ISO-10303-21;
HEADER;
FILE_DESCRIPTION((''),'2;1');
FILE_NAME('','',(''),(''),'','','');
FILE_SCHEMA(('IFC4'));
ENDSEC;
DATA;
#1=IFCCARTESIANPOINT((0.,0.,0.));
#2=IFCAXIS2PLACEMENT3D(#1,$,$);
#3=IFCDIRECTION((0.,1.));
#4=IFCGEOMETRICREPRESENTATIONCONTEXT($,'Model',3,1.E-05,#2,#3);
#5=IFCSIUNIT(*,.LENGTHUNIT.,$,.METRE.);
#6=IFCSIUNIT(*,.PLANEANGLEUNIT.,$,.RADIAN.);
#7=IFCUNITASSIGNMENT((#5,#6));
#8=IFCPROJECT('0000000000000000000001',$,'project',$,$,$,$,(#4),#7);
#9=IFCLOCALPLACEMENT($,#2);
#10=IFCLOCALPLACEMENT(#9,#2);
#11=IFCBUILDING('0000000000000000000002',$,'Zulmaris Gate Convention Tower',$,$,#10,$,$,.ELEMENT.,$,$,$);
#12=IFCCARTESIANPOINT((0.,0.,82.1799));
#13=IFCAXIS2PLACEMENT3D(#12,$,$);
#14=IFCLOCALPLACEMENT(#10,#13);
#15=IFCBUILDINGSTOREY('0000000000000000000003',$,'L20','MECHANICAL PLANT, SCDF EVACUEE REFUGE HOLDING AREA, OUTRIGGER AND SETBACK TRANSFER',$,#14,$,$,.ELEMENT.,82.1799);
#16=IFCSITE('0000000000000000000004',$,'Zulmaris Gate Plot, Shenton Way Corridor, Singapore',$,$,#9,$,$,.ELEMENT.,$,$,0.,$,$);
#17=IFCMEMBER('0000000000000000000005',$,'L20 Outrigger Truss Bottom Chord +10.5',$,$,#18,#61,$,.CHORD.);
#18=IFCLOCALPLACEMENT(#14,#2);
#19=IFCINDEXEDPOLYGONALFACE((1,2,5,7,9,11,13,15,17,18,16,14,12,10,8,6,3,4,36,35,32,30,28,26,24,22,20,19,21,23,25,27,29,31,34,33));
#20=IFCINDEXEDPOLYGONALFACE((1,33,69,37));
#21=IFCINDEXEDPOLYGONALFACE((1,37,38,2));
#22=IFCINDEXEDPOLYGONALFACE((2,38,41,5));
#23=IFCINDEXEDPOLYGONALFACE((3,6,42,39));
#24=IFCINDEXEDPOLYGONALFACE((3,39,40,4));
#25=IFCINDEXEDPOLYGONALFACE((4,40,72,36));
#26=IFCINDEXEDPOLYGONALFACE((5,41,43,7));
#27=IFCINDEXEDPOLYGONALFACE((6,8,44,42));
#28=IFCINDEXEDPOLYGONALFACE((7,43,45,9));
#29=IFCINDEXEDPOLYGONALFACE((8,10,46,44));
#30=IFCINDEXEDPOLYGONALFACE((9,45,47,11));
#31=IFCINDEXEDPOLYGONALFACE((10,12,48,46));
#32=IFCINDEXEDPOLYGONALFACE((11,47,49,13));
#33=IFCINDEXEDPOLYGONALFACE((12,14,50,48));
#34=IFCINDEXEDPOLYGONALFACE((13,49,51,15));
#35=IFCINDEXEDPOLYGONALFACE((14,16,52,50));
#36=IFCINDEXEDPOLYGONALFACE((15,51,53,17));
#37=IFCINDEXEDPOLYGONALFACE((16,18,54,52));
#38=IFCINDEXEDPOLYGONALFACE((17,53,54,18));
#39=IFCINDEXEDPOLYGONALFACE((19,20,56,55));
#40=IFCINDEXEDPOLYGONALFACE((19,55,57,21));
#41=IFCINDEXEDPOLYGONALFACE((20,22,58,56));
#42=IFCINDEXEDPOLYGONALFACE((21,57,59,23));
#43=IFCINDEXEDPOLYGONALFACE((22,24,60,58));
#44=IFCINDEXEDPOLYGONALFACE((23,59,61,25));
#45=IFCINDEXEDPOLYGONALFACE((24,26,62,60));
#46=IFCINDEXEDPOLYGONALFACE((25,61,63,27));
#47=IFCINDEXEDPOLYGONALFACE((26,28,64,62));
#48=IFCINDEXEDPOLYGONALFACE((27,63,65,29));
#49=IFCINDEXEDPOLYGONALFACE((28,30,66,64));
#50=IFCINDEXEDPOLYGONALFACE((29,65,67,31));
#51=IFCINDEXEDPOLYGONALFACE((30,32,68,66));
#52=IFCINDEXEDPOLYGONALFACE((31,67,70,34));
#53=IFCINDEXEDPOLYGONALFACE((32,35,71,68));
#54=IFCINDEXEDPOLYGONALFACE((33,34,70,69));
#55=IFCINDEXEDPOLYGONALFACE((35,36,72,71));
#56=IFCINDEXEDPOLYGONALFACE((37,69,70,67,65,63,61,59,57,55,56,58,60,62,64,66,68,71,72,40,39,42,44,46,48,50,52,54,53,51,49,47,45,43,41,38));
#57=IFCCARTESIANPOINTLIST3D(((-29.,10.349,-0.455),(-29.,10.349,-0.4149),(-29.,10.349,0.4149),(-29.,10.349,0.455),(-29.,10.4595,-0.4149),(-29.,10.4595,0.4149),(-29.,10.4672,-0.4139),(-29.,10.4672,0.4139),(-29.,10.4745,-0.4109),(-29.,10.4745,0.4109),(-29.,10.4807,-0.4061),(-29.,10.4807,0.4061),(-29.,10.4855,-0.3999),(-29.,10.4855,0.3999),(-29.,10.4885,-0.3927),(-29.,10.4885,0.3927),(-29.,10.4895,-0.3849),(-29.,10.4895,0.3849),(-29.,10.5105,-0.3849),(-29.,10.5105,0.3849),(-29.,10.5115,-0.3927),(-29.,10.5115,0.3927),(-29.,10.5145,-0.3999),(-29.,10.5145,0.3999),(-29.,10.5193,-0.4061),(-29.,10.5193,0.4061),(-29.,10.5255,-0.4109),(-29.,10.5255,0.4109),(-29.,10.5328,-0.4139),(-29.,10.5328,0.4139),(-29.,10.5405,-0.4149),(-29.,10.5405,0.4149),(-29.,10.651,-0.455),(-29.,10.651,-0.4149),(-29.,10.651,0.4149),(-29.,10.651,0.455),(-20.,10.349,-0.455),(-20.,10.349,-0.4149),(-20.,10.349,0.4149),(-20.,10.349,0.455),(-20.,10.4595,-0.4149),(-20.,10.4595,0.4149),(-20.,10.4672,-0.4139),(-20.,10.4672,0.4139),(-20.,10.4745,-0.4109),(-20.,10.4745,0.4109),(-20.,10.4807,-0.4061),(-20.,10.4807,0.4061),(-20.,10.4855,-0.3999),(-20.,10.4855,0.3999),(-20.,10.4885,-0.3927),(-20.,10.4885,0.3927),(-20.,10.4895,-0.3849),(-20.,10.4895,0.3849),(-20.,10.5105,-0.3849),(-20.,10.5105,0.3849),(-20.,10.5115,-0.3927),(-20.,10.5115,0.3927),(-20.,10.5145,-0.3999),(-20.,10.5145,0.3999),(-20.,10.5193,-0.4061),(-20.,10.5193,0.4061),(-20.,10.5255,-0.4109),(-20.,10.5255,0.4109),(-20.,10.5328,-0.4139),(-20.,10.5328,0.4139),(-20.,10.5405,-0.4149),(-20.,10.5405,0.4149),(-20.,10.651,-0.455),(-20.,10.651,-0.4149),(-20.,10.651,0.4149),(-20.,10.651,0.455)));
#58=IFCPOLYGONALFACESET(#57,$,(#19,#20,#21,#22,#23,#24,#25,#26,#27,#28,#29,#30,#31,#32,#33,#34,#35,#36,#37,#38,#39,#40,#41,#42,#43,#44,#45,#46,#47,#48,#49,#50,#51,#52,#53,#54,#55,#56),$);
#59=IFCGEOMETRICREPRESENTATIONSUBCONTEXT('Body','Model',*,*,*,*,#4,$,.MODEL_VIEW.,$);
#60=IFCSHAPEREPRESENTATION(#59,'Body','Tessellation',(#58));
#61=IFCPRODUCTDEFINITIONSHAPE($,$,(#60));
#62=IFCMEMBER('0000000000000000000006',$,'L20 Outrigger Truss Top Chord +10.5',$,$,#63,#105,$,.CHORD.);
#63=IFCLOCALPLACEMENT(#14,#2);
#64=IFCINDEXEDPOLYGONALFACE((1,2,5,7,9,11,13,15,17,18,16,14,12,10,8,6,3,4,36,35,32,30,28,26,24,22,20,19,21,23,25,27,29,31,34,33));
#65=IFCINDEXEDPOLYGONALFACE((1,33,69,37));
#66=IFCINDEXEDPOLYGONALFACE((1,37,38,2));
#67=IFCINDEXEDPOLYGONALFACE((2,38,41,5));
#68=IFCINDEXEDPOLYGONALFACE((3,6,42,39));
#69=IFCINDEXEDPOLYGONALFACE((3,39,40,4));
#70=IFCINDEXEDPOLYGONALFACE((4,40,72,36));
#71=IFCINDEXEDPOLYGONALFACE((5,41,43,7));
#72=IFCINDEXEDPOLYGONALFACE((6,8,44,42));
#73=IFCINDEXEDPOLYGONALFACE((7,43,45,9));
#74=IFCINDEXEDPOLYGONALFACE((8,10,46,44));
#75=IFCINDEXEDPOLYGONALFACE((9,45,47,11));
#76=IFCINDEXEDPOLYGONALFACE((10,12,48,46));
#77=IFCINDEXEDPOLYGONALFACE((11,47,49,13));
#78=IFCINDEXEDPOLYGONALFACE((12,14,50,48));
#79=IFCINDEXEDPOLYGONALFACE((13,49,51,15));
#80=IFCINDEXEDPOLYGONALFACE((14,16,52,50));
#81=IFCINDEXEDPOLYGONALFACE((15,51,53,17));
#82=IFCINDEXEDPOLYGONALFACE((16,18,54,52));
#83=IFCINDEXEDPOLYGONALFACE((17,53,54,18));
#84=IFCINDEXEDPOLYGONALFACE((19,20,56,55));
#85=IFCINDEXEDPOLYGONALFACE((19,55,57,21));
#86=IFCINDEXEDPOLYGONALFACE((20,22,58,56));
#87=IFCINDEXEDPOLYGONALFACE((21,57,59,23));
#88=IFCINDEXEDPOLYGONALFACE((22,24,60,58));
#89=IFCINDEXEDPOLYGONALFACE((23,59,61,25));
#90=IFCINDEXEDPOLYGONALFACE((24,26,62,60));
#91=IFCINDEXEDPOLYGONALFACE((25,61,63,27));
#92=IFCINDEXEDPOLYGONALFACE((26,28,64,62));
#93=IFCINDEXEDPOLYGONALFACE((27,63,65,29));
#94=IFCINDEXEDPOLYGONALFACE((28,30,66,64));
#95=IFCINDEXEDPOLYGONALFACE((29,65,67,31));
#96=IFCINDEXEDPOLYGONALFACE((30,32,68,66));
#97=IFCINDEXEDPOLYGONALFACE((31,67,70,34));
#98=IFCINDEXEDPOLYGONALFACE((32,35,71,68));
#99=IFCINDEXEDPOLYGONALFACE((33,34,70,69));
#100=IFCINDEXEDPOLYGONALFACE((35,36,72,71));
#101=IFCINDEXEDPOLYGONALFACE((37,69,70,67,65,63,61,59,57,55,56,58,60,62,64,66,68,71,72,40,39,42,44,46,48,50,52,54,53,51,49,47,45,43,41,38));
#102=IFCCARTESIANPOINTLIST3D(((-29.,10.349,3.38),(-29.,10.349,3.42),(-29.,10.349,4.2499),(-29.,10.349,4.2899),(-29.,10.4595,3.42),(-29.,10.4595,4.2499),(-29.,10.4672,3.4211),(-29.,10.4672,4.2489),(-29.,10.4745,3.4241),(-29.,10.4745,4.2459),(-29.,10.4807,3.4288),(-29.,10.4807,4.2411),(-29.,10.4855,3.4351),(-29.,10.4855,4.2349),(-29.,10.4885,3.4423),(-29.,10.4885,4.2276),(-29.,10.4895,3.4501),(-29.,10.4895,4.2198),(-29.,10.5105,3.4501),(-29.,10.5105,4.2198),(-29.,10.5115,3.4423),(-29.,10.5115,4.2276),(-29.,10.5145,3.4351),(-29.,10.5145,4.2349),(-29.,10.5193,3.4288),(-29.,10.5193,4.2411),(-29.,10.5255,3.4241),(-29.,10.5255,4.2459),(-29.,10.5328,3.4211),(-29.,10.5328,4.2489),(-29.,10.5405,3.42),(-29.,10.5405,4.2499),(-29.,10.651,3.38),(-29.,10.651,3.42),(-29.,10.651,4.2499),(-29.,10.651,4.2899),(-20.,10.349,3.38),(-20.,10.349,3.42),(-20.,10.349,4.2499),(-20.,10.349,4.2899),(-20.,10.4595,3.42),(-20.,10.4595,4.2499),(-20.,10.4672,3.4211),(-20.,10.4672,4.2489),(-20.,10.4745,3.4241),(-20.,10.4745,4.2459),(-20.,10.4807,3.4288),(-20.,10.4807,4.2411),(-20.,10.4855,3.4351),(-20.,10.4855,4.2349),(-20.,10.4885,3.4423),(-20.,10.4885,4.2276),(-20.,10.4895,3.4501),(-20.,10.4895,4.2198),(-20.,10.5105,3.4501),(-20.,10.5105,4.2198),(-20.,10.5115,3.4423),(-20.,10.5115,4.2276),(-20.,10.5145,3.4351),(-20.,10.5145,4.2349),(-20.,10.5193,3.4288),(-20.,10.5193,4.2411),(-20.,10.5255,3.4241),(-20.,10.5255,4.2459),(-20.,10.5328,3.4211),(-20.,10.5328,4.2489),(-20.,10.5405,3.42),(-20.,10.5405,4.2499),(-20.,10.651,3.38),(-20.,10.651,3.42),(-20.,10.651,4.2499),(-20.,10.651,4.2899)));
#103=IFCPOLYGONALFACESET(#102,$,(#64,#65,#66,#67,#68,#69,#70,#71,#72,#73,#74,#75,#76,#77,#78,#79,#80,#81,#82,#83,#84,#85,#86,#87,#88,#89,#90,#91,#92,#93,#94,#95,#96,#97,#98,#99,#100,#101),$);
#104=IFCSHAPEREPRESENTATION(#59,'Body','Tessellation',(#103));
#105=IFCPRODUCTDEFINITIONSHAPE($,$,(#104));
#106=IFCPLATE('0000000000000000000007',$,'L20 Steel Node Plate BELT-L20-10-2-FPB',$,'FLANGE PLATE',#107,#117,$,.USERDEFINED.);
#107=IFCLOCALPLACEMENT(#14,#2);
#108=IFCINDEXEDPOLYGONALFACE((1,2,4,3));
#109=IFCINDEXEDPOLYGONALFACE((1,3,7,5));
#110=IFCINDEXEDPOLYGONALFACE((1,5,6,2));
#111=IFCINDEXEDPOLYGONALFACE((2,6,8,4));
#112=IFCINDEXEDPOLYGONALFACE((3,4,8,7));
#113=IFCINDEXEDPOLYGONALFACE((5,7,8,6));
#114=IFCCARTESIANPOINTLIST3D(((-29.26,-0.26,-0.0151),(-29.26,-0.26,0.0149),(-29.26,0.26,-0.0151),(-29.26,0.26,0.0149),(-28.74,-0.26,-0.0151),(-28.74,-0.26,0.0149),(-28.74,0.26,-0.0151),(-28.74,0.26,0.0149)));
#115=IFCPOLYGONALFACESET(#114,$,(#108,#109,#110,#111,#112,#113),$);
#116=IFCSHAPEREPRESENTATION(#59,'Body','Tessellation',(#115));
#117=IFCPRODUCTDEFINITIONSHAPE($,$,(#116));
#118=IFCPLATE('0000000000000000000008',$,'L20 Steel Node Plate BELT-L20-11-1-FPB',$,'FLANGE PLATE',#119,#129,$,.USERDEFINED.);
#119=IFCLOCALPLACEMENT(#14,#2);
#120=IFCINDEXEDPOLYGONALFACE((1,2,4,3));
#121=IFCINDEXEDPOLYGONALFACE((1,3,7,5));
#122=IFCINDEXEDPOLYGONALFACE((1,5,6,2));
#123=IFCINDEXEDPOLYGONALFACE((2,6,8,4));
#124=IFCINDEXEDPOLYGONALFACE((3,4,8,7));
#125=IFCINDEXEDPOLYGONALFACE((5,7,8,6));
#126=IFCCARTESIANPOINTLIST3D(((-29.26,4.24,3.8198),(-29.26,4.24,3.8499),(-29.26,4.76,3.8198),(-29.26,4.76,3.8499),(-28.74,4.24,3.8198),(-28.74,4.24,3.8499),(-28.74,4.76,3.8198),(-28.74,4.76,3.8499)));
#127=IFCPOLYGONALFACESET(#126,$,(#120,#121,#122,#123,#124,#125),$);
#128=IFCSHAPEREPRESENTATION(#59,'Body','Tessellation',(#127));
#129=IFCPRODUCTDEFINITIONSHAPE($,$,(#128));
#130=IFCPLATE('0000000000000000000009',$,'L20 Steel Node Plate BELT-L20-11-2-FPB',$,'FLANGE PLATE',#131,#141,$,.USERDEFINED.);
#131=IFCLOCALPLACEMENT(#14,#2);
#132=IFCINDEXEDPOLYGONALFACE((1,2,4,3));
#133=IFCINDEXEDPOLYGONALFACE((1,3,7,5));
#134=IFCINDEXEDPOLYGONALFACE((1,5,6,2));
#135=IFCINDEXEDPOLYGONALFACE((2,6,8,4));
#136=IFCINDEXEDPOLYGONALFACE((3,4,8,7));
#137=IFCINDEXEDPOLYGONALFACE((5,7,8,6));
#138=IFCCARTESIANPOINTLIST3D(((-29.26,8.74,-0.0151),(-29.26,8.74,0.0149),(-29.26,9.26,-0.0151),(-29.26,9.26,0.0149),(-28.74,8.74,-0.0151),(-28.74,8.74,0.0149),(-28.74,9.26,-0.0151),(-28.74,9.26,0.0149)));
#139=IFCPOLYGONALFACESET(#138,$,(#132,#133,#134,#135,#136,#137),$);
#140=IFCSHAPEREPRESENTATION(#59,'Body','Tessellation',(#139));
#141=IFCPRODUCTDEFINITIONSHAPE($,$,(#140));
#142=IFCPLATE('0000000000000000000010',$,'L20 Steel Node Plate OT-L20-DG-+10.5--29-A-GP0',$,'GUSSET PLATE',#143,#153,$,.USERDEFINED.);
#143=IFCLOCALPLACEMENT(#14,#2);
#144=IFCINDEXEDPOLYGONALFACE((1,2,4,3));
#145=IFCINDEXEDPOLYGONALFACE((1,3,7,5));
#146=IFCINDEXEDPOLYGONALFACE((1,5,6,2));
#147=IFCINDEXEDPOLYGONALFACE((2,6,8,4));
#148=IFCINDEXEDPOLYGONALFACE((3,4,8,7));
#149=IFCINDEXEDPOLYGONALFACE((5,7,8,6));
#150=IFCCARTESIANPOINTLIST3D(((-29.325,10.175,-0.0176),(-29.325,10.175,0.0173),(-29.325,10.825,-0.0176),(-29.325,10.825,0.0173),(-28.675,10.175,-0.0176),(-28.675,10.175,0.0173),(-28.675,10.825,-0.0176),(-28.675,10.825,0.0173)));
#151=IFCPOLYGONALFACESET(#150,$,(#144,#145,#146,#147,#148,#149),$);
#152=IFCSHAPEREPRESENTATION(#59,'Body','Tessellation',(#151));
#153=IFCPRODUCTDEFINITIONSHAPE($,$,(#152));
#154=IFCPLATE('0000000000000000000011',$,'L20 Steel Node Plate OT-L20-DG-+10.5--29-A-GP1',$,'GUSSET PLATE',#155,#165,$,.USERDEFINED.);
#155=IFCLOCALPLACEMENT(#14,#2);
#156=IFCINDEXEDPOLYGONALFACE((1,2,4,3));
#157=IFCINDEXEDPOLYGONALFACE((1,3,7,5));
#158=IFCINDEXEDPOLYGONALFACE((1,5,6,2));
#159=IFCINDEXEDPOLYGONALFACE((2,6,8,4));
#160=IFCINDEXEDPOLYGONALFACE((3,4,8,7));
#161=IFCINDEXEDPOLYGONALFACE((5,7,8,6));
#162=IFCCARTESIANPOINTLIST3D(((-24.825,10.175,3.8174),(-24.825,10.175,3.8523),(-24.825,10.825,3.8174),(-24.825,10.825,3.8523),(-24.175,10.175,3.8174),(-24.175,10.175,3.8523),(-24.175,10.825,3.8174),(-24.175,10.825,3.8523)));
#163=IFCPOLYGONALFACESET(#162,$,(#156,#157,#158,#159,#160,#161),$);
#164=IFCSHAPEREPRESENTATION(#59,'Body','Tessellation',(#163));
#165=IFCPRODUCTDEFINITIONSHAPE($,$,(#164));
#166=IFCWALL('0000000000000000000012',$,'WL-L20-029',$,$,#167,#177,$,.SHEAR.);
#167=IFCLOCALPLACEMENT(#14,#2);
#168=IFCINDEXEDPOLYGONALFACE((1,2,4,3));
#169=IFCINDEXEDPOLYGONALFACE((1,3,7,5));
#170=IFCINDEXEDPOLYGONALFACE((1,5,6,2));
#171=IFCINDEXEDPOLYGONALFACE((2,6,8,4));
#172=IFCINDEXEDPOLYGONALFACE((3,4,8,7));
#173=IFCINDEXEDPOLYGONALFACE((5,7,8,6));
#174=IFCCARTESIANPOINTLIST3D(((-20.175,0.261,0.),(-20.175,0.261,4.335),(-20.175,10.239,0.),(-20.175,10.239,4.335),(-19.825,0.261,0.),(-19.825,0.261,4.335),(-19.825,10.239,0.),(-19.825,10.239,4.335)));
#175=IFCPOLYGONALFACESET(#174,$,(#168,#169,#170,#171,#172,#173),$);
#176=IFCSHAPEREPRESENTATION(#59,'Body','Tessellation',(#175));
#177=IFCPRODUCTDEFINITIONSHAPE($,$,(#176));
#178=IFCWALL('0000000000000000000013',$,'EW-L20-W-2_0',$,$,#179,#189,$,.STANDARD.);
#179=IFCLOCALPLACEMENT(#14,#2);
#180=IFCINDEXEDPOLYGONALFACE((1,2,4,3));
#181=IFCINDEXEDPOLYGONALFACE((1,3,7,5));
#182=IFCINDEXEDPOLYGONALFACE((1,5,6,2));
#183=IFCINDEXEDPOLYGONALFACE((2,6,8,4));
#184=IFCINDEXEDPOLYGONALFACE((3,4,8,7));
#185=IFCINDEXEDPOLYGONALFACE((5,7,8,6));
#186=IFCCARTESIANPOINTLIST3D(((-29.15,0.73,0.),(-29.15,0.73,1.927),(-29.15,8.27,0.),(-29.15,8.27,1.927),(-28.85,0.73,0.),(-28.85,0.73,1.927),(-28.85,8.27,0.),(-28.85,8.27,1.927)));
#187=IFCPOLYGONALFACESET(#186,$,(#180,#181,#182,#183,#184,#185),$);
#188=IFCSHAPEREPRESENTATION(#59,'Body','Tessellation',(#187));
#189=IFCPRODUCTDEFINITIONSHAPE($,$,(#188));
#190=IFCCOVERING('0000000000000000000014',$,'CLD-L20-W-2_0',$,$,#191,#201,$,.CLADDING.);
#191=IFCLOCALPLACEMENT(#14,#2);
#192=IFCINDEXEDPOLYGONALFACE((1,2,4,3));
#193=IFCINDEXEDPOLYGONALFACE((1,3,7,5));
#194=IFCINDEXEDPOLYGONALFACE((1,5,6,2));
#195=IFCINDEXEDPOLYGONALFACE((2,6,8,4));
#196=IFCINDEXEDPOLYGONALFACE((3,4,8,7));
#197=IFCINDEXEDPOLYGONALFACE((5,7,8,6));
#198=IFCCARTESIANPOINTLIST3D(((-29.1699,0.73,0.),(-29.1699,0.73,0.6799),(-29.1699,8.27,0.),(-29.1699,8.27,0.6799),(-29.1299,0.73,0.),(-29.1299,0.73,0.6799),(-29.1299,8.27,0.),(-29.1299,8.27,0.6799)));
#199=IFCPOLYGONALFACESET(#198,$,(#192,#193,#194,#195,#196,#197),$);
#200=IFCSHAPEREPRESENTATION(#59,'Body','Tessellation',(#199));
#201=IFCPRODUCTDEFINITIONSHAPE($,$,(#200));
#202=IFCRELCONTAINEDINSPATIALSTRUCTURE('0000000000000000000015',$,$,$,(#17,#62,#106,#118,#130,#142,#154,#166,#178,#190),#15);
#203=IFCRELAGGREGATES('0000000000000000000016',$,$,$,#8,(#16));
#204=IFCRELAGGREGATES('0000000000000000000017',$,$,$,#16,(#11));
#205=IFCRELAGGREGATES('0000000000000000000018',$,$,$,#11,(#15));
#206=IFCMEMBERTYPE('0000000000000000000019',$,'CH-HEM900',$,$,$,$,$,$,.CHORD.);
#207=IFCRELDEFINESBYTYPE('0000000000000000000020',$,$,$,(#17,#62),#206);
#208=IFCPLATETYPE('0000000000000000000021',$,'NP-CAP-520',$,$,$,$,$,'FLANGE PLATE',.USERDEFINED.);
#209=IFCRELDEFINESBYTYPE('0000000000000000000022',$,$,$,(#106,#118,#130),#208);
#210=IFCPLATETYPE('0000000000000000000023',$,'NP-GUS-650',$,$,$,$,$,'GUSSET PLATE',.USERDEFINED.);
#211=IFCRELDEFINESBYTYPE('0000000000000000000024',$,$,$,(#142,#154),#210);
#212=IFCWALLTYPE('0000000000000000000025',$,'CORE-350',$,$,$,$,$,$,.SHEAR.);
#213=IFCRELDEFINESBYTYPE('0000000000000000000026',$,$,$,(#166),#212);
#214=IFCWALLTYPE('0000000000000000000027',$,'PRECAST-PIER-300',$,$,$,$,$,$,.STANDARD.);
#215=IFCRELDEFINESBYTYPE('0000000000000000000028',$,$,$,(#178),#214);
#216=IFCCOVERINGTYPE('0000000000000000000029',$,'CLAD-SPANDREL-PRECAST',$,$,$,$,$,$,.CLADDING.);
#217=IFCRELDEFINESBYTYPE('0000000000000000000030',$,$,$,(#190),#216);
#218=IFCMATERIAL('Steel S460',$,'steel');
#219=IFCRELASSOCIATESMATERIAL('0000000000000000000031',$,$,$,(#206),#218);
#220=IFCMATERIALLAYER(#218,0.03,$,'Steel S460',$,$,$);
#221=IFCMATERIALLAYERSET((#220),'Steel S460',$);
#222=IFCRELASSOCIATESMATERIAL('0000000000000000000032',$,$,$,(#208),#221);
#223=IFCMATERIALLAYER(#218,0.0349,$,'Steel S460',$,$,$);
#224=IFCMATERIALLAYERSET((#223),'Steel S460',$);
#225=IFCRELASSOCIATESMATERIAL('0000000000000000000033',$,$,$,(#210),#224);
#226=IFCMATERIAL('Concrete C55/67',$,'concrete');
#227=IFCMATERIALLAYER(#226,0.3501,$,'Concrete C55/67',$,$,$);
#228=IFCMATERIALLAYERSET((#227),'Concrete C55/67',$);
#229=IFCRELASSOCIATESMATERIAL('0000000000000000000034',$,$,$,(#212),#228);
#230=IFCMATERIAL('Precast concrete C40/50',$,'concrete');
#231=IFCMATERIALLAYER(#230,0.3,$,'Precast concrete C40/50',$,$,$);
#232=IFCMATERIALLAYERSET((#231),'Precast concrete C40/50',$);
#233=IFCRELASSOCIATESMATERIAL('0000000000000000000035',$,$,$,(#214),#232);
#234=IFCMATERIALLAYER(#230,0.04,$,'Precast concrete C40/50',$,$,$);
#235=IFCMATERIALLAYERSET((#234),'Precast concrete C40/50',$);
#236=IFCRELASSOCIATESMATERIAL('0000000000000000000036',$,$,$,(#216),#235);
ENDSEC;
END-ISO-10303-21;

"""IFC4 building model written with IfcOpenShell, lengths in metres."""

from ifc_helpers import new_model, si_unit, direction, frame, frame_2d, origin, origin_2d, place, context, subcontext, project, spatial, rectangle, i_section, extrude, material, layer, layer_set, material_profile, profile_set, type_object, element, save


model = new_model("IFC4")

# Units and contexts
model_context = context("Model", 3, precision=1e-05, world=origin(), true_north=direction((0.0, 1.0)))
body_context = subcontext(model_context, "Body", "Model", "MODEL_VIEW")
ifc_project = project(units=[si_unit("LENGTHUNIT", "METRE"), si_unit("PLANEANGLEUNIT", "RADIAN")], contexts=[model_context])

# Site, building, storey
site_placement = place(None, origin())
site = spatial("IfcSite", under=ifc_project, at=site_placement, Name="Zulmaris Gate Plot, Shenton Way Corridor, Singapore", CompositionType="ELEMENT", RefElevation=0.0)
building_placement = place(site_placement, origin())
building = spatial("IfcBuilding", under=site, at=building_placement, Name="Zulmaris Gate Convention Tower", CompositionType="ELEMENT")
storey_placement = place(building_placement, frame((0.0, 0.0, 82.1799)))
storey = spatial("IfcBuildingStorey", under=building, at=storey_placement, Name="L20", Description="MECHANICAL PLANT, SCDF EVACUEE REFUGE HOLDING AREA, OUTRIGGER AND SETBACK TRANSFER", CompositionType="ELEMENT", Elevation=82.1799)

# Shared definitions
ifc_material_1 = material(Name="Steel S460", Category="steel")

# Members
ifc_material_profile_1 = material_profile(ifc_material_1, i_section(OverallWidth=0.302, OverallDepth=0.9099, WebThickness=0.021, FlangeThickness=0.04, FilletRadius=0.03, at=origin_2d()), Name="HEM 900")
ifc_profile_set_1 = profile_set([ifc_material_profile_1], Name="Steel S460")
member_type_1 = type_object("IfcMemberType", Name="CH-HEM900", PredefinedType="CHORD", material=ifc_profile_set_1)
for number, where, z_axis, x_axis, name in (
    (1, (-29.0, 10.5, 0.0), (1.0, 0.0, 0.0), (0.0, 1.0, 0.0), "L20 Outrigger Truss Bottom Chord +10.5"),
    (2, (-29.0, 10.5, 3.835), (1.0, 0.0, 0.0), (0.0, 1.0, 0.0), "L20 Outrigger Truss Top Chord +10.5"),
):
    element("IfcMember", number, at=place(storey_placement, frame(where, z_axis=z_axis, x_axis=x_axis)), inside=storey, type_object=member_type_1, Name=name, PredefinedType="CHORD", context=body_context, shape_type="SweptSolid", body=[
        extrude(i_section(OverallWidth=0.302, OverallDepth=0.9099, WebThickness=0.021, FlangeThickness=0.04, FilletRadius=0.03, at=origin_2d()), origin(), (0.0, 0.0, 1.0), 9.0),
    ])

# Plates
ifc_layer_1 = layer(ifc_material_1, 0.03, Name="Steel S460")
ifc_layer_set_1 = layer_set([ifc_layer_1], Name="Steel S460")
plate_type_1 = type_object("IfcPlateType", Name="NP-CAP-520", ElementType="FLANGE PLATE", PredefinedType="USERDEFINED", material=ifc_layer_set_1)
for number, where, z_axis, x_axis, name in (
    (3, (-29.0, 0.0, -0.0151), (0.0, 0.0, 1.0), (1.0, 0.0, 0.0), "L20 Steel Node Plate BELT-L20-10-2-FPB"),
    (4, (-29.0, 4.5, 3.8198), (0.0, 0.0, 1.0), (1.0, 0.0, 0.0), "L20 Steel Node Plate BELT-L20-11-1-FPB"),
    (5, (-29.0, 9.0, -0.0151), (0.0, 0.0, 1.0), (1.0, 0.0, 0.0), "L20 Steel Node Plate BELT-L20-11-2-FPB"),
):
    element("IfcPlate", number, at=place(storey_placement, frame(where, z_axis=z_axis, x_axis=x_axis)), inside=storey, type_object=plate_type_1, Name=name, ObjectType="FLANGE PLATE", PredefinedType="USERDEFINED", context=body_context, shape_type="SweptSolid", body=[
        extrude(rectangle(XDim=0.52, YDim=0.52, at=origin_2d()), origin(), (0.0, 0.0, 1.0), 0.03),
    ])
ifc_layer_2 = layer(ifc_material_1, 0.0349, Name="Steel S460")
ifc_layer_set_2 = layer_set([ifc_layer_2], Name="Steel S460")
plate_type_2 = type_object("IfcPlateType", Name="NP-GUS-650", ElementType="GUSSET PLATE", PredefinedType="USERDEFINED", material=ifc_layer_set_2)
for number, where, z_axis, x_axis, name in (
    (6, (-29.0, 10.5, -0.0176), (0.0, 0.0, 1.0), (1.0, 0.0, 0.0), "L20 Steel Node Plate OT-L20-DG-+10.5--29-A-GP0"),
    (7, (-24.5, 10.5, 3.8174), (0.0, 0.0, 1.0), (1.0, 0.0, 0.0), "L20 Steel Node Plate OT-L20-DG-+10.5--29-A-GP1"),
):
    element("IfcPlate", number, at=place(storey_placement, frame(where, z_axis=z_axis, x_axis=x_axis)), inside=storey, type_object=plate_type_2, Name=name, ObjectType="GUSSET PLATE", PredefinedType="USERDEFINED", context=body_context, shape_type="SweptSolid", body=[
        extrude(rectangle(XDim=0.6499, YDim=0.6499, at=origin_2d()), origin(), (0.0, 0.0, 1.0), 0.0349),
    ])

# Walls
ifc_material_2 = material(Name="Concrete C55/67", Category="concrete")
ifc_layer_3 = layer(ifc_material_2, 0.3501, Name="Concrete C55/67")
ifc_layer_set_3 = layer_set([ifc_layer_3], Name="Concrete C55/67")
wall_type_1 = type_object("IfcWallType", Name="CORE-350", PredefinedType="SHEAR", material=ifc_layer_set_3)
wall_1_placement = place(storey_placement, frame((-20.0, 0.261, 0.0), z_axis=(0.0, 0.0, 1.0), x_axis=(0.0, 1.0, 0.0)))
element("IfcWall", 8, at=wall_1_placement, inside=storey, type_object=wall_type_1, Name="WL-L20-029", PredefinedType="SHEAR", context=body_context, shape_type="SweptSolid", body=[
    extrude(rectangle(XDim=9.978, YDim=0.3501, at=frame_2d((4.989, 0.0))), origin(), (0.0, 0.0, 1.0), 4.335),
])
ifc_material_3 = material(Name="Precast concrete C40/50", Category="concrete")
ifc_layer_4 = layer(ifc_material_3, 0.3, Name="Precast concrete C40/50")
ifc_layer_set_4 = layer_set([ifc_layer_4], Name="Precast concrete C40/50")
wall_type_2 = type_object("IfcWallType", Name="PRECAST-PIER-300", PredefinedType="STANDARD", material=ifc_layer_set_4)
wall_2_placement = place(storey_placement, frame((-29.0, 8.27, 0.0), z_axis=(0.0, 0.0, 1.0), x_axis=(0.0, -1.0, 0.0)))
element("IfcWall", 9, at=wall_2_placement, inside=storey, type_object=wall_type_2, Name="EW-L20-W-2_0", PredefinedType="STANDARD", context=body_context, shape_type="SweptSolid", body=[
    extrude(rectangle(XDim=7.54, YDim=0.3, at=frame_2d((3.77, 0.0))), origin(), (0.0, 0.0, 1.0), 1.927),
])

# Covering
ifc_layer_5 = layer(ifc_material_3, 0.04, Name="Precast concrete C40/50")
ifc_layer_set_5 = layer_set([ifc_layer_5], Name="Precast concrete C40/50")
covering_type = type_object("IfcCoveringType", Name="CLAD-SPANDREL-PRECAST", PredefinedType="CLADDING", material=ifc_layer_set_5)
covering_placement = place(storey_placement, frame((-29.1499, 8.27, 0.0), z_axis=(0.0, 0.0, 1.0), x_axis=(0.0, -1.0, 0.0)))
element("IfcCovering", 10, at=covering_placement, inside=storey, type_object=covering_type, Name="CLD-L20-W-2_0", PredefinedType="CLADDING", context=body_context, shape_type="SweptSolid", body=[
    extrude(rectangle(XDim=7.54, YDim=0.04, at=frame_2d((3.77, 0.0))), origin(), (0.0, 0.0, 1.0), 0.6799),
])

save(model, "model.ifc")
